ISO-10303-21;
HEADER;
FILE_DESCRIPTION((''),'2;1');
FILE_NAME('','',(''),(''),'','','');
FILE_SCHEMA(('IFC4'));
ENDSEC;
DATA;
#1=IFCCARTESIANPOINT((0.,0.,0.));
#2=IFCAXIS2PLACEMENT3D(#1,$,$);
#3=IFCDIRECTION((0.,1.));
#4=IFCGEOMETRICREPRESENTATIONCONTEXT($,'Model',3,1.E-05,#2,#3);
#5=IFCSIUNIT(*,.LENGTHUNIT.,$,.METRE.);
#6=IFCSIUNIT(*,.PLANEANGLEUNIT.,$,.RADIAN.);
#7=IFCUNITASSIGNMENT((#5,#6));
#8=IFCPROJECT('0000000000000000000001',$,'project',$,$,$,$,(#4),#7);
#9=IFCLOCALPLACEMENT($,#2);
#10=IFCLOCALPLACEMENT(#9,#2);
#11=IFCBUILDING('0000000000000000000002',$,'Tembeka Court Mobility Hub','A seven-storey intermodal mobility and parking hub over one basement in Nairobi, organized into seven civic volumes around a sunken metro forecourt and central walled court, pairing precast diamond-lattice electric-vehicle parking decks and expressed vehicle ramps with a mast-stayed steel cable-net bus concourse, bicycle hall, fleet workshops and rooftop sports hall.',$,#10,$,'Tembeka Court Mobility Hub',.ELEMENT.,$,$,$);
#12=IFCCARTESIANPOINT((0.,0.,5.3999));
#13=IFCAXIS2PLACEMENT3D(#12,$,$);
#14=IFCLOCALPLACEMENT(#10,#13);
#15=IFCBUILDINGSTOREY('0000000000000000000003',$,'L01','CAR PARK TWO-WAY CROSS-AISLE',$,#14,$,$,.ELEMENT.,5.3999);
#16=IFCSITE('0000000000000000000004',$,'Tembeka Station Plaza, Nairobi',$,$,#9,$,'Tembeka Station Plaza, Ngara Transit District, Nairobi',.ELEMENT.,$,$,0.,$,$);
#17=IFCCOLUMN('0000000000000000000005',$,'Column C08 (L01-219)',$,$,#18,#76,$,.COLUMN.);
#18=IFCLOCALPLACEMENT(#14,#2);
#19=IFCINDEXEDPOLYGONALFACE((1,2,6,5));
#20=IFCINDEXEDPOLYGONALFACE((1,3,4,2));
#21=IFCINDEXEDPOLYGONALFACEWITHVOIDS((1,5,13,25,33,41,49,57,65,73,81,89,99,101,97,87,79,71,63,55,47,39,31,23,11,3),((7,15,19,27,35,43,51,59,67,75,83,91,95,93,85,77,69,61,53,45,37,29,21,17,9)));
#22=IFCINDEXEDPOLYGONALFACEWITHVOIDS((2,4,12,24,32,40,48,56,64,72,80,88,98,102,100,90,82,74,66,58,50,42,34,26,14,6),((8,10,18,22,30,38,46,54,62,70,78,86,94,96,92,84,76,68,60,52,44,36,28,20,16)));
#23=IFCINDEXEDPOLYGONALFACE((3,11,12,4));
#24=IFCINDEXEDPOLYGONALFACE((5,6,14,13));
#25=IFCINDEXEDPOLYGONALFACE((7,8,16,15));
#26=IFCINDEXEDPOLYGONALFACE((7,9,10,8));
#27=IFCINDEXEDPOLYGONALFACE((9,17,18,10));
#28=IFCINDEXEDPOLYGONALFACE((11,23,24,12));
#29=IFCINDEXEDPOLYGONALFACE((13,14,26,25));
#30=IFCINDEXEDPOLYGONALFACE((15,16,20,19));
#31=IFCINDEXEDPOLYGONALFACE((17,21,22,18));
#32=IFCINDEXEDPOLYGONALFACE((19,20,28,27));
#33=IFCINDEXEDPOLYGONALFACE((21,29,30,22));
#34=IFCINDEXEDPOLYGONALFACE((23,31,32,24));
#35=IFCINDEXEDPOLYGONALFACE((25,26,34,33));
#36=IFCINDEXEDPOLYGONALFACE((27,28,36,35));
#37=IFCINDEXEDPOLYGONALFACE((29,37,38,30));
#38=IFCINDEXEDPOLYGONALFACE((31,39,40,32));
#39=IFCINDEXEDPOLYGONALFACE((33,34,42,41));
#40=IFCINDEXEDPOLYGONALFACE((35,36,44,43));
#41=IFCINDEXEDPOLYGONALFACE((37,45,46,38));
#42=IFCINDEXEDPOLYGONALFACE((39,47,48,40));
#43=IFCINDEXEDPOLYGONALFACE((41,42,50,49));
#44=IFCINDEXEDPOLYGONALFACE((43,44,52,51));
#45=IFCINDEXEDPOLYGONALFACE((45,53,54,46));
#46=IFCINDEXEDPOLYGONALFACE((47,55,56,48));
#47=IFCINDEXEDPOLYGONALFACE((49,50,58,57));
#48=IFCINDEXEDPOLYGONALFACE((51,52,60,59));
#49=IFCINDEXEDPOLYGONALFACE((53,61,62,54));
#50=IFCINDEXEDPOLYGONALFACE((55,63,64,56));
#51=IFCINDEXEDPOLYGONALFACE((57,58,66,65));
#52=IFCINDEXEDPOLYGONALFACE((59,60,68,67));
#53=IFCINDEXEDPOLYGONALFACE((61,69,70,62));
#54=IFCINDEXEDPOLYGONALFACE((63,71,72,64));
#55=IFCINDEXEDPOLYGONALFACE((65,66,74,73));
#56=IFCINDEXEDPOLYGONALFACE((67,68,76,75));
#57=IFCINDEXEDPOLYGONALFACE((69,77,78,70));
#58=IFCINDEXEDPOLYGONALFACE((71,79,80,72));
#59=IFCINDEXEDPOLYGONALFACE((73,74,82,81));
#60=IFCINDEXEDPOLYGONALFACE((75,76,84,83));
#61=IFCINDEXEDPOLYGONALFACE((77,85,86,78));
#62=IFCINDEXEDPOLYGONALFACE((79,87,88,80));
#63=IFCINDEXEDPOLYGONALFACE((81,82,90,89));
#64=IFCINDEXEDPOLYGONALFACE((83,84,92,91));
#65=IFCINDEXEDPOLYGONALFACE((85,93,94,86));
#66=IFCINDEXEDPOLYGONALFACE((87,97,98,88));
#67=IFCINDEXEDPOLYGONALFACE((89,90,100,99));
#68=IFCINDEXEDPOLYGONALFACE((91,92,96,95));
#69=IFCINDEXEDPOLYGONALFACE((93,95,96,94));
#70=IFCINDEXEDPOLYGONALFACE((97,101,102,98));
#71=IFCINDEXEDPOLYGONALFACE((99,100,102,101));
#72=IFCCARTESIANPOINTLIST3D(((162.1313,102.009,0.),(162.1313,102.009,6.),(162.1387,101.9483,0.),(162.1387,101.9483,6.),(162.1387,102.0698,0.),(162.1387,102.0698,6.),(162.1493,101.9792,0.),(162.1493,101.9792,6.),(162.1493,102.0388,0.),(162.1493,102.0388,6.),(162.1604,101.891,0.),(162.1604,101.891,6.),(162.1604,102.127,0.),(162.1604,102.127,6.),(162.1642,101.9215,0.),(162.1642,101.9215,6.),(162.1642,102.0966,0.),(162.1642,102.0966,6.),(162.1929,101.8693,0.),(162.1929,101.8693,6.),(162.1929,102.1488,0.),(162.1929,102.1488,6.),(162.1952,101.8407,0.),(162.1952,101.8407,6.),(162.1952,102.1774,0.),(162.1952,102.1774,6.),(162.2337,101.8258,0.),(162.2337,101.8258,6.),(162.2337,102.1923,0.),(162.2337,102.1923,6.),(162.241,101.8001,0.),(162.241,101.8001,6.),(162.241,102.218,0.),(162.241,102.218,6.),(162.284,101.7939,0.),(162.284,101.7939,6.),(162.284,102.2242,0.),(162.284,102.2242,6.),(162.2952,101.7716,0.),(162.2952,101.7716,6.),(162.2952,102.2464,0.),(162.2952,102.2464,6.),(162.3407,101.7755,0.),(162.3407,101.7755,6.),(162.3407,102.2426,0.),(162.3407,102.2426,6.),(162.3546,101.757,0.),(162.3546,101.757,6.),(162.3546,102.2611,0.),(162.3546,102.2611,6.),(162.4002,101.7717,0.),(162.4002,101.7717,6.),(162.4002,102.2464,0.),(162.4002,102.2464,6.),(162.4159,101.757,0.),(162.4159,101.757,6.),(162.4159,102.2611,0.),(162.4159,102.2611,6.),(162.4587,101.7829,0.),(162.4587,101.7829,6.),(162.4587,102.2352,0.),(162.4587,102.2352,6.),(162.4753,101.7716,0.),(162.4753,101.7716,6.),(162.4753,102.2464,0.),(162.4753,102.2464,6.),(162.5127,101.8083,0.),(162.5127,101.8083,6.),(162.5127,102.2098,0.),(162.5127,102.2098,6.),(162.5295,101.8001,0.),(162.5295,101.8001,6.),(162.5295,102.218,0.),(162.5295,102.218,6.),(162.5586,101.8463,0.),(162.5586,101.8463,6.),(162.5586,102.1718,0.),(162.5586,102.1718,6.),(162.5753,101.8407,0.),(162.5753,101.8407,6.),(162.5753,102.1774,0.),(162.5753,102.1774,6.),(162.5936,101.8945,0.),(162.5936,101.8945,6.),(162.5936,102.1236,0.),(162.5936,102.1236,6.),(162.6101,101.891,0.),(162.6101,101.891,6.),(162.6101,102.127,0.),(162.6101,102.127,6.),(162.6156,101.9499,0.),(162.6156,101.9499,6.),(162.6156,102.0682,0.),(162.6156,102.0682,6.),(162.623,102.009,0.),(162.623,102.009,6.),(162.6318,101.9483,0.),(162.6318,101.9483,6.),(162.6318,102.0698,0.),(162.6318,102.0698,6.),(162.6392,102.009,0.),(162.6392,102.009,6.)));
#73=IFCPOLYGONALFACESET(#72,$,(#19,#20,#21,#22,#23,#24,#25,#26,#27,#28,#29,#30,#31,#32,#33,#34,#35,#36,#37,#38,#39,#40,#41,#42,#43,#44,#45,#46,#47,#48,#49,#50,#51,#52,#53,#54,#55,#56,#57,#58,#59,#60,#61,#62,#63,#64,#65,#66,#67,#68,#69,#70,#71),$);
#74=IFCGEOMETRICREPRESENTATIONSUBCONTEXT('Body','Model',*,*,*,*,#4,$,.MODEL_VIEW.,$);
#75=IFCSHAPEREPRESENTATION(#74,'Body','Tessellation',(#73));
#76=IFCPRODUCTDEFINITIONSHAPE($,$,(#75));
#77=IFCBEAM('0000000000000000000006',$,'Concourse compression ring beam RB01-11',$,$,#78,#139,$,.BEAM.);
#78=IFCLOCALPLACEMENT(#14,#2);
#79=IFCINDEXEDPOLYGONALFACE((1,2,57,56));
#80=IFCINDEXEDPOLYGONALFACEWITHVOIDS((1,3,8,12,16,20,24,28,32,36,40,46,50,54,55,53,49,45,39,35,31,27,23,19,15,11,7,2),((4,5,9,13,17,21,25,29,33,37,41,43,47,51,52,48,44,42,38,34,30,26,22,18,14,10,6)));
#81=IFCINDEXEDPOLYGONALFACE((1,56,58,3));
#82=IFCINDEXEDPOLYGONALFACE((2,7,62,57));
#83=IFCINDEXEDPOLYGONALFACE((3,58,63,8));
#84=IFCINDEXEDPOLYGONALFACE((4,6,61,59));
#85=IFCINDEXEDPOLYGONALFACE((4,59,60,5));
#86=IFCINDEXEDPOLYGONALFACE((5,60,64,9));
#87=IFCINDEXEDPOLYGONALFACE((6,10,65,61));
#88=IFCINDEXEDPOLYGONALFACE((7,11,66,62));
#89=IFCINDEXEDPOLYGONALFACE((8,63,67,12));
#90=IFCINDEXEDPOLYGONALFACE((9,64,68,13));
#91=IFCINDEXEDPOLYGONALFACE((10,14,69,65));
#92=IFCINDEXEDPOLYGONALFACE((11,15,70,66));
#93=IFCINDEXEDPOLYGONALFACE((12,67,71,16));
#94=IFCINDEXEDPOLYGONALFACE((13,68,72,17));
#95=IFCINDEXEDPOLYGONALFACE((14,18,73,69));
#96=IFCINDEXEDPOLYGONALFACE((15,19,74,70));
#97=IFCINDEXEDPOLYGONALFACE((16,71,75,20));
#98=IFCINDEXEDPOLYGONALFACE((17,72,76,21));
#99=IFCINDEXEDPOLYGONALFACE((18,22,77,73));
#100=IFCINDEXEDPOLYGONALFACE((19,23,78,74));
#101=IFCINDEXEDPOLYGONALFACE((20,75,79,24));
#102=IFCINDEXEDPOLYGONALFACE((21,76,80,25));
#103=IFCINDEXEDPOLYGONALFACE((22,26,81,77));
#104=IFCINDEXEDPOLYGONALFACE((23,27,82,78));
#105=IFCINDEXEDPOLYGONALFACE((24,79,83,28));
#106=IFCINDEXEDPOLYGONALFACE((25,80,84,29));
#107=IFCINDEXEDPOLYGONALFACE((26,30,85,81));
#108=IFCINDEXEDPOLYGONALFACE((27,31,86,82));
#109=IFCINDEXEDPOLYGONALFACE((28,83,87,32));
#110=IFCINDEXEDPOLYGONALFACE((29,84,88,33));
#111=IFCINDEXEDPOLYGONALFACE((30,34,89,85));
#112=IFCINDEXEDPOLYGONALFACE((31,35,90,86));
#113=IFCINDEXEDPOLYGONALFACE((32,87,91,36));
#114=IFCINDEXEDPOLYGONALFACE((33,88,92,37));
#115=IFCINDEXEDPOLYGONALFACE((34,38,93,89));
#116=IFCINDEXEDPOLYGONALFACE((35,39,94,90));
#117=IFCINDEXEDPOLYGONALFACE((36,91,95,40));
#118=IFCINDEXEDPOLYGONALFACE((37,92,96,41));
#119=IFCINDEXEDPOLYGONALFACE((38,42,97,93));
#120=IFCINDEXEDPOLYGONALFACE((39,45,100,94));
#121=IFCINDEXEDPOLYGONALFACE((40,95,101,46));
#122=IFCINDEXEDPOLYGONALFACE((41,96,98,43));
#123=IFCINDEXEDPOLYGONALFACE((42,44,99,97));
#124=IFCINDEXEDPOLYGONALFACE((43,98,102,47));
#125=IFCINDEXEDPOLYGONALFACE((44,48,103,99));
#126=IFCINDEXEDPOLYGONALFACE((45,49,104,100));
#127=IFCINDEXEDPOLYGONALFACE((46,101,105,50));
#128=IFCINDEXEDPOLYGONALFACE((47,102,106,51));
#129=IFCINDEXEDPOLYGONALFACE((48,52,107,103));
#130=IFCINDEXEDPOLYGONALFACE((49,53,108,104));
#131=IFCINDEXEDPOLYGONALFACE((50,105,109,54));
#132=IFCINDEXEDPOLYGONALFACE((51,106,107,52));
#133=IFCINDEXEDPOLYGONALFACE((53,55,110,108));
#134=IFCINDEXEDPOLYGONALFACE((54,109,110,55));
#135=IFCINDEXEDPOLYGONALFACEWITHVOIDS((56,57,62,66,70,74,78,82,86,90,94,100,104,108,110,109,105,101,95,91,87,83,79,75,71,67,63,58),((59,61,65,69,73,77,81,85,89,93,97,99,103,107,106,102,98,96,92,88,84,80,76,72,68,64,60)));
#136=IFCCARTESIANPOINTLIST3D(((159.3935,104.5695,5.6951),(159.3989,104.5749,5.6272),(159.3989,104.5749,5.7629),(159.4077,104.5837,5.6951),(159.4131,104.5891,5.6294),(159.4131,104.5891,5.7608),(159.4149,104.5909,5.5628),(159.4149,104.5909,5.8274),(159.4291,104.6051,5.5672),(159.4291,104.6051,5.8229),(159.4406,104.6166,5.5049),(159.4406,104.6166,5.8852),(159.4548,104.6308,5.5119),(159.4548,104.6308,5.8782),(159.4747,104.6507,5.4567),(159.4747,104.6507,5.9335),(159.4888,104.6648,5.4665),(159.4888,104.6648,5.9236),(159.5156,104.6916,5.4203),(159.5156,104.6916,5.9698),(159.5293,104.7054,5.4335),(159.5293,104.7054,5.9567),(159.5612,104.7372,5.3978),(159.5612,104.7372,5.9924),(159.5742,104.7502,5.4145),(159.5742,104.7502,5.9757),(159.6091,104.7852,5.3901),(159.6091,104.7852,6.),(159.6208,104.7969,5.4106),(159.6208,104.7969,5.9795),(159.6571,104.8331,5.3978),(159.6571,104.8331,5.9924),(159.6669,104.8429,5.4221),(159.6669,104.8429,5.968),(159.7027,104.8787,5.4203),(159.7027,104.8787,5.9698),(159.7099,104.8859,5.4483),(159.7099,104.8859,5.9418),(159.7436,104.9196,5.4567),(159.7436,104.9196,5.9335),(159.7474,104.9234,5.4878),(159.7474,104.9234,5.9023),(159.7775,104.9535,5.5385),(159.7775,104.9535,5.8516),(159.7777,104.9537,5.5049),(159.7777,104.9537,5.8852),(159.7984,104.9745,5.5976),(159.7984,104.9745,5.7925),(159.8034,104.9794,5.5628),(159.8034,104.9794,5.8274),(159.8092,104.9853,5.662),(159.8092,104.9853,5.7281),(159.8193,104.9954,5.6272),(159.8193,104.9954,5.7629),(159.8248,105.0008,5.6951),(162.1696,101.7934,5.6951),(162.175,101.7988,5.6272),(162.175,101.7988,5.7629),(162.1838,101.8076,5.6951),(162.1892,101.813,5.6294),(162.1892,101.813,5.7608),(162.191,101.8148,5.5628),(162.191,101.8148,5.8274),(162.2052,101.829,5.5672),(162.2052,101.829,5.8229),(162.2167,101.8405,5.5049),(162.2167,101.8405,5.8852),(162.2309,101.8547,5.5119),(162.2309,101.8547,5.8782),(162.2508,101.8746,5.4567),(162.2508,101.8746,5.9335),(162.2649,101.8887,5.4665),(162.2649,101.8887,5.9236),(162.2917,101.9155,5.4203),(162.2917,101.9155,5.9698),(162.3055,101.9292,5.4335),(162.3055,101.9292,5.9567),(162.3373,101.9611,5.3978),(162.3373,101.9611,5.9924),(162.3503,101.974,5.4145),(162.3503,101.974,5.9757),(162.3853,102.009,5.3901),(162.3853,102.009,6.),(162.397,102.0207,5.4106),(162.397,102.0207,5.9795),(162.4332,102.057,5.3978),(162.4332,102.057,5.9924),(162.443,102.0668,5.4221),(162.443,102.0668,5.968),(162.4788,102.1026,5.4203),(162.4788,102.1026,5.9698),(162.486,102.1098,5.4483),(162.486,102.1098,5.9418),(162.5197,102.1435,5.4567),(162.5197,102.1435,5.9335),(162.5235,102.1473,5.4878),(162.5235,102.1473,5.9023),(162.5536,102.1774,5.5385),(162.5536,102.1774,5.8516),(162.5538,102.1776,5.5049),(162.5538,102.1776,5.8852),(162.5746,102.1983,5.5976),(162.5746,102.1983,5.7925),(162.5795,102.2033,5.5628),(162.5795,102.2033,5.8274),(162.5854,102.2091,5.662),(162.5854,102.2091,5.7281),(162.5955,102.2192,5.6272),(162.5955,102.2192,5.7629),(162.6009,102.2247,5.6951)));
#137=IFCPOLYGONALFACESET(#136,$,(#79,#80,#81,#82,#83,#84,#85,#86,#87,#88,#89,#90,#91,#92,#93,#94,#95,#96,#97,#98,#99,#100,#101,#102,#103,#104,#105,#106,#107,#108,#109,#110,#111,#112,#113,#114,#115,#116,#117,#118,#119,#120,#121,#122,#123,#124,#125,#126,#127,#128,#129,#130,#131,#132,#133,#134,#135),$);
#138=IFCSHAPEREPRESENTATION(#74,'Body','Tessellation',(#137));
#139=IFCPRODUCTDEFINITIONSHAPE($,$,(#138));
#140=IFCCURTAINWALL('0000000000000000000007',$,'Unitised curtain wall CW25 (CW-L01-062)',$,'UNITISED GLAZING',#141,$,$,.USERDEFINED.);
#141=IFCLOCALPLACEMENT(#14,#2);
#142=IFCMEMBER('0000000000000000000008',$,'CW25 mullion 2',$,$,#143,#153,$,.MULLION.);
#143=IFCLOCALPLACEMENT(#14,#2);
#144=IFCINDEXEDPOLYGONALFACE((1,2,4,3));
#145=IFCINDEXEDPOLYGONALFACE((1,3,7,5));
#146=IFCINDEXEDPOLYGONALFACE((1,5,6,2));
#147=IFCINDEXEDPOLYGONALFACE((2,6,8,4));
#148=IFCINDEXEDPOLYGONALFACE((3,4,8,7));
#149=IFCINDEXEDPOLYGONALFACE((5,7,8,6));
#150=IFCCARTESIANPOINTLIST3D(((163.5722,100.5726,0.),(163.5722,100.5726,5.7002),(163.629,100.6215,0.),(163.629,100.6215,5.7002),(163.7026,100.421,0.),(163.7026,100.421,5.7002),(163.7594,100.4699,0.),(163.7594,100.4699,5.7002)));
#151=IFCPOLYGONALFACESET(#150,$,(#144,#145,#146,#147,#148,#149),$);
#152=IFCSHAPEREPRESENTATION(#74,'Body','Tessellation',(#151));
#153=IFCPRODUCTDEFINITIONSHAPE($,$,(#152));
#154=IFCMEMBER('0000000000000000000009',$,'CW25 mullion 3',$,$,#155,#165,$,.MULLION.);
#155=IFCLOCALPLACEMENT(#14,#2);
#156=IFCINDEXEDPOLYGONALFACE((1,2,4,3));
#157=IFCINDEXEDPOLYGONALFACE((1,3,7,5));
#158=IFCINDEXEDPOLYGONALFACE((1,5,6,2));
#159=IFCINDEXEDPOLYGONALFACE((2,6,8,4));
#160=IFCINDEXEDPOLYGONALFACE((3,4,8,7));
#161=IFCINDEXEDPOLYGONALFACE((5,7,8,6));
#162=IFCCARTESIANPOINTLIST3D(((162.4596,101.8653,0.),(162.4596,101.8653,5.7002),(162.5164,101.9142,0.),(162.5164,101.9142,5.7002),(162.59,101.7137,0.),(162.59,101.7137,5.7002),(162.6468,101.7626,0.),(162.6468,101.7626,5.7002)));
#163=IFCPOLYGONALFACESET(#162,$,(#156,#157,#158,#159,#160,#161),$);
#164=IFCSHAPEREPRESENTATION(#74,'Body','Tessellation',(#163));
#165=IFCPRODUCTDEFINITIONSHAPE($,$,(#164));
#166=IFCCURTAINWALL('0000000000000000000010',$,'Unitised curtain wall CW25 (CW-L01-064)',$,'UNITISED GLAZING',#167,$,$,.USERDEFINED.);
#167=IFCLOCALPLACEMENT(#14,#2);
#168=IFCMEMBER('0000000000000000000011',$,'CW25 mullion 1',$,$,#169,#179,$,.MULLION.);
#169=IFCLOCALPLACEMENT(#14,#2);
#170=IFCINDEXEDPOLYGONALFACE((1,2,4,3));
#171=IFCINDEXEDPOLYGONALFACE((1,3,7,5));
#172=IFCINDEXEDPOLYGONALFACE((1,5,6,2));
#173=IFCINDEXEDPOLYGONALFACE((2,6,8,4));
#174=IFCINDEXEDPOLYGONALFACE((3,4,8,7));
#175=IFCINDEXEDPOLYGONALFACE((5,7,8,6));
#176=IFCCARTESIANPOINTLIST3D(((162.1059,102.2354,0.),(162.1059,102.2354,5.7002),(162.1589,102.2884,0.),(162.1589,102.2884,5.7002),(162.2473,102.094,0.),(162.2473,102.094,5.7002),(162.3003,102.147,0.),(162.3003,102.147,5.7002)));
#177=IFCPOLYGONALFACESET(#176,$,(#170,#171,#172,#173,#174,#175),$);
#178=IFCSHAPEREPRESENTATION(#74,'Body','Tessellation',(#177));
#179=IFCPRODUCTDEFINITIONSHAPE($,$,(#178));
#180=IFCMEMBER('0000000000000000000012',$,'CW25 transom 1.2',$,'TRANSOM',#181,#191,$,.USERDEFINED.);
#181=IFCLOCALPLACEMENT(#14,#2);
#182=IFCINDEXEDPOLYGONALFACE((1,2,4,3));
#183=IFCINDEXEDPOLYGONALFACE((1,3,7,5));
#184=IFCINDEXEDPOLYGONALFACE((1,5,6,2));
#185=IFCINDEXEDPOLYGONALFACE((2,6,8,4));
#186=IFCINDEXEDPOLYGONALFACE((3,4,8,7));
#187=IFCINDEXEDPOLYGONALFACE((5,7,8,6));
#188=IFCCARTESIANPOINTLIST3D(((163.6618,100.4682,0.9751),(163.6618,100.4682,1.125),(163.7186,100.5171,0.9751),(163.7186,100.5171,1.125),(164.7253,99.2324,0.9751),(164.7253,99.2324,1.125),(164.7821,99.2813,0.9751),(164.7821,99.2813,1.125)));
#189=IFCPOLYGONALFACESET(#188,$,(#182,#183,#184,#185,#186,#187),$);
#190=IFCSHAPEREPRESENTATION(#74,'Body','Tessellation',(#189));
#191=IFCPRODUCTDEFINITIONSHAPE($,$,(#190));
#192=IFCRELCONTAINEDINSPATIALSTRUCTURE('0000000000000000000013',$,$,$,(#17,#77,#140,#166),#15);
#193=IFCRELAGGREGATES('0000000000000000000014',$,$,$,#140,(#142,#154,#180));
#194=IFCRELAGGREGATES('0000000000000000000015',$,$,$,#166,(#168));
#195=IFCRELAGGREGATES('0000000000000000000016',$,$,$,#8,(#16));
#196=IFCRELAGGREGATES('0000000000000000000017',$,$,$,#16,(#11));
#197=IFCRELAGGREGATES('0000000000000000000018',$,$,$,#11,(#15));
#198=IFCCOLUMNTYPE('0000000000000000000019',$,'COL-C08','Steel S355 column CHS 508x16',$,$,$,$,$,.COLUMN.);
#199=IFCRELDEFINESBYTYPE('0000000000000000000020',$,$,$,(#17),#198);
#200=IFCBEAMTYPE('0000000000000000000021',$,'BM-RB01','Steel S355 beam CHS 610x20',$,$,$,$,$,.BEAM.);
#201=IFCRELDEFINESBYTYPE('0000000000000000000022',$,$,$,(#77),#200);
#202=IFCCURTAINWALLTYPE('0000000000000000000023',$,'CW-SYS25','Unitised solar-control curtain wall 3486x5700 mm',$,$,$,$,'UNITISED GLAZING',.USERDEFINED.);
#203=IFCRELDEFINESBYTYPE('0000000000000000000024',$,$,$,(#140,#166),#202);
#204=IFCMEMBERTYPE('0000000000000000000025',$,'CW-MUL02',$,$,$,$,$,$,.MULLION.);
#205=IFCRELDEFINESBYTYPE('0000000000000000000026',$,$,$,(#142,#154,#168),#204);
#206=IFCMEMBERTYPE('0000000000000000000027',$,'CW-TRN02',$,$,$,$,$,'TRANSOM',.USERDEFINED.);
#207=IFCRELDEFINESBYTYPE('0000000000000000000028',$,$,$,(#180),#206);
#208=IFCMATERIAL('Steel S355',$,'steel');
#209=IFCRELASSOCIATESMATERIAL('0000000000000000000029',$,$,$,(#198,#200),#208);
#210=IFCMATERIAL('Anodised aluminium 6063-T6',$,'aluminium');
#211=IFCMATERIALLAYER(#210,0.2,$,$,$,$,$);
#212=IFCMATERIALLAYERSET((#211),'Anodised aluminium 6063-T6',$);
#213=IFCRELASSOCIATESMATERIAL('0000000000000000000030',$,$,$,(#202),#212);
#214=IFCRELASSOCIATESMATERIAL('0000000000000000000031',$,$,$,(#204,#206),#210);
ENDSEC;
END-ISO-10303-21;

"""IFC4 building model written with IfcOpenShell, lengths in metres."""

from ifc_helpers import new_model, si_unit, direction, frame, origin, origin_2d, place, context, subcontext, project, spatial, rectangle, hollow_circle, extrude, material, layer, layer_set, material_profile, profile_set, type_object, element, aggregate, save


model = new_model("IFC4")

# Units and contexts
model_context = context("Model", 3, precision=1e-05, world=origin(), true_north=direction((0.0, 1.0)))
body_context = subcontext(model_context, "Body", "Model", "MODEL_VIEW")
ifc_project = project(units=[si_unit("LENGTHUNIT", "METRE"), si_unit("PLANEANGLEUNIT", "RADIAN")], contexts=[model_context])

# Site, building, storey
site_placement = place(None, origin())
site = spatial("IfcSite", under=ifc_project, at=site_placement, Name="Tembeka Station Plaza, Nairobi", LongName="Tembeka Station Plaza, Ngara Transit District, Nairobi", CompositionType="ELEMENT", RefElevation=0.0)
building_placement = place(site_placement, origin())
building = spatial("IfcBuilding", under=site, at=building_placement, Name="Tembeka Court Mobility Hub", Description="A seven-storey intermodal mobility and parking hub over one basement in Nairobi, organized into seven civic volumes around a sunken metro forecourt and central walled court, pairing precast diamond-lattice electric-vehicle parking decks and expressed vehicle ramps with a mast-stayed steel cable-net bus concourse, bicycle hall, fleet workshops and rooftop sports hall.", LongName="Tembeka Court Mobility Hub", CompositionType="ELEMENT")
storey_placement = place(building_placement, frame((0.0, 0.0, 5.3999)))
storey = spatial("IfcBuildingStorey", under=building, at=storey_placement, Name="L01", Description="CAR PARK TWO-WAY CROSS-AISLE", CompositionType="ELEMENT", Elevation=5.3999)

# Column
ifc_material_1 = material(Name="Steel S355", Category="steel")
ifc_material_profile_1 = material_profile(ifc_material_1, hollow_circle(Radius=0.2539, WallThickness=0.0161, at=origin_2d()), Name="CHS 508x16")
ifc_profile_set_1 = profile_set([ifc_material_profile_1], Name="Steel S355")
column_type = type_object("IfcColumnType", Name="COL-C08", Description="Steel S355 column CHS 508x16", PredefinedType="COLUMN", material=ifc_profile_set_1)
column_placement = place(storey_placement, frame((162.3853, 102.009, 0.0), z_axis=(0.0, 0.0, 1.0), x_axis=(1.0, 0.0, 0.0)))
element("IfcColumn", 1, at=column_placement, inside=storey, type_object=column_type, Name="Column C08 (L01-219)", PredefinedType="COLUMN", context=body_context, shape_type="SweptSolid", body=[
    extrude(hollow_circle(Radius=0.2539, WallThickness=0.0161, at=origin_2d()), origin(), (0.0, 0.0, 1.0), 6.0),
])

# Beam
ifc_material_profile_2 = material_profile(ifc_material_1, hollow_circle(Radius=0.3049, WallThickness=0.02, at=origin_2d()), Name="CHS 610x20")
ifc_profile_set_2 = profile_set([ifc_material_profile_2], Name="Steel S355")
beam_type = type_object("IfcBeamType", Name="BM-RB01", Description="Steel S355 beam CHS 610x20", PredefinedType="BEAM", material=ifc_profile_set_2)
beam_placement = place(storey_placement, frame((162.3853, 102.009, 5.6951), z_axis=(-0.707107, 0.707107, 0.0), x_axis=(-0.707107, -0.707107, 0.0)))
element("IfcBeam", 2, at=beam_placement, inside=storey, type_object=beam_type, Name="Concourse compression ring beam RB01-11", PredefinedType="BEAM", context=body_context, shape_type="SweptSolid", body=[
    extrude(hollow_circle(Radius=0.3049, WallThickness=0.02, at=origin_2d()), origin(), (0.0, 0.0, 1.0), 3.926),
])

# Curtain wall, members
ifc_material_2 = material(Name="Anodised aluminium 6063-T6", Category="aluminium")
ifc_layer_1 = layer(ifc_material_2, 0.2)
ifc_layer_set_1 = layer_set([ifc_layer_1], Name="Anodised aluminium 6063-T6")
curtain_wall_type = type_object("IfcCurtainWallType", Name="CW-SYS25", Description="Unitised solar-control curtain wall 3486x5700 mm", ElementType="UNITISED GLAZING", PredefinedType="USERDEFINED", material=ifc_layer_set_1)
curtain_wall_1_placement = place(storey_placement, origin())
curtain_wall_1 = element("IfcCurtainWall", 3, at=curtain_wall_1_placement, inside=storey, type_object=curtain_wall_type, Name="Unitised curtain wall CW25 (CW-L01-062)", ObjectType="UNITISED GLAZING", PredefinedType="USERDEFINED")
ifc_material_profile_3 = material_profile(ifc_material_2, rectangle(XDim=0.075, YDim=0.2, at=origin_2d()), Name="ALU-MUL 75x200")
ifc_profile_set_3 = profile_set([ifc_material_profile_3], Name="Anodised aluminium 6063-T6")
member_type_1 = type_object("IfcMemberType", Name="CW-MUL02", PredefinedType="MULLION", material=ifc_profile_set_3)
member_1_placement = place(storey_placement, frame((163.6658, 100.5212, 0.0), z_axis=(0.0, 0.0, 1.0), x_axis=(-0.757955, -0.652307, 0.0)))
member_1 = element("IfcMember", 4, at=member_1_placement, type_object=member_type_1, Name="CW25 mullion 2", PredefinedType="MULLION", context=body_context, shape_type="SweptSolid", body=[
    extrude(rectangle(XDim=0.075, YDim=0.2, at=origin_2d()), origin(), (0.0, 0.0, 1.0), 5.7002),
])
member_2_placement = place(storey_placement, frame((162.5532, 101.814, 0.0), z_axis=(0.0, 0.0, 1.0), x_axis=(-0.757955, -0.652307, 0.0)))
member_2 = element("IfcMember", 5, at=member_2_placement, type_object=member_type_1, Name="CW25 mullion 3", PredefinedType="MULLION", context=body_context, shape_type="SweptSolid", body=[
    extrude(rectangle(XDim=0.075, YDim=0.2, at=origin_2d()), origin(), (0.0, 0.0, 1.0), 5.7002),
])

# Curtain wall, member
curtain_wall_2_placement = place(storey_placement, origin())
curtain_wall_2 = element("IfcCurtainWall", 6, at=curtain_wall_2_placement, inside=storey, type_object=curtain_wall_type, Name="Unitised curtain wall CW25 (CW-L01-064)", ObjectType="UNITISED GLAZING", PredefinedType="USERDEFINED")
member_3_placement = place(storey_placement, frame((162.2031, 102.1912, 0.0), z_axis=(0.0, 0.0, 1.0), x_axis=(-0.707107, -0.707107, 0.0)))
member_3 = element("IfcMember", 7, at=member_3_placement, type_object=member_type_1, Name="CW25 mullion 1", PredefinedType="MULLION", context=body_context, shape_type="SweptSolid", body=[
    extrude(rectangle(XDim=0.075, YDim=0.2, at=origin_2d()), origin(), (0.0, 0.0, 1.0), 5.7002),
])

# Member
ifc_material_profile_4 = material_profile(ifc_material_2, rectangle(XDim=0.075, YDim=0.1499, at=origin_2d()), Name="ALU-TRN 75x150")
ifc_profile_set_4 = profile_set([ifc_material_profile_4], Name="Anodised aluminium 6063-T6")
member_type_2 = type_object("IfcMemberType", Name="CW-TRN02", ElementType="TRANSOM", PredefinedType="USERDEFINED", material=ifc_profile_set_4)
member_4_placement = place(storey_placement, frame((164.7537, 99.2568, 1.05), z_axis=(-0.65227, 0.757987, 0.0), x_axis=(-0.757987, -0.65227, 0.0)))
member_4 = element("IfcMember", 8, at=member_4_placement, type_object=member_type_2, Name="CW25 transom 1.2", ObjectType="TRANSOM", PredefinedType="USERDEFINED", context=body_context, shape_type="SweptSolid", body=[
    extrude(rectangle(XDim=0.075, YDim=0.1499, at=origin_2d()), origin(), (0.0, 0.0, 1.0), 1.6304),
])

aggregate(curtain_wall_1, [member_1, member_2, member_4])
aggregate(curtain_wall_2, [member_3])

save(model, "model.ifc")
